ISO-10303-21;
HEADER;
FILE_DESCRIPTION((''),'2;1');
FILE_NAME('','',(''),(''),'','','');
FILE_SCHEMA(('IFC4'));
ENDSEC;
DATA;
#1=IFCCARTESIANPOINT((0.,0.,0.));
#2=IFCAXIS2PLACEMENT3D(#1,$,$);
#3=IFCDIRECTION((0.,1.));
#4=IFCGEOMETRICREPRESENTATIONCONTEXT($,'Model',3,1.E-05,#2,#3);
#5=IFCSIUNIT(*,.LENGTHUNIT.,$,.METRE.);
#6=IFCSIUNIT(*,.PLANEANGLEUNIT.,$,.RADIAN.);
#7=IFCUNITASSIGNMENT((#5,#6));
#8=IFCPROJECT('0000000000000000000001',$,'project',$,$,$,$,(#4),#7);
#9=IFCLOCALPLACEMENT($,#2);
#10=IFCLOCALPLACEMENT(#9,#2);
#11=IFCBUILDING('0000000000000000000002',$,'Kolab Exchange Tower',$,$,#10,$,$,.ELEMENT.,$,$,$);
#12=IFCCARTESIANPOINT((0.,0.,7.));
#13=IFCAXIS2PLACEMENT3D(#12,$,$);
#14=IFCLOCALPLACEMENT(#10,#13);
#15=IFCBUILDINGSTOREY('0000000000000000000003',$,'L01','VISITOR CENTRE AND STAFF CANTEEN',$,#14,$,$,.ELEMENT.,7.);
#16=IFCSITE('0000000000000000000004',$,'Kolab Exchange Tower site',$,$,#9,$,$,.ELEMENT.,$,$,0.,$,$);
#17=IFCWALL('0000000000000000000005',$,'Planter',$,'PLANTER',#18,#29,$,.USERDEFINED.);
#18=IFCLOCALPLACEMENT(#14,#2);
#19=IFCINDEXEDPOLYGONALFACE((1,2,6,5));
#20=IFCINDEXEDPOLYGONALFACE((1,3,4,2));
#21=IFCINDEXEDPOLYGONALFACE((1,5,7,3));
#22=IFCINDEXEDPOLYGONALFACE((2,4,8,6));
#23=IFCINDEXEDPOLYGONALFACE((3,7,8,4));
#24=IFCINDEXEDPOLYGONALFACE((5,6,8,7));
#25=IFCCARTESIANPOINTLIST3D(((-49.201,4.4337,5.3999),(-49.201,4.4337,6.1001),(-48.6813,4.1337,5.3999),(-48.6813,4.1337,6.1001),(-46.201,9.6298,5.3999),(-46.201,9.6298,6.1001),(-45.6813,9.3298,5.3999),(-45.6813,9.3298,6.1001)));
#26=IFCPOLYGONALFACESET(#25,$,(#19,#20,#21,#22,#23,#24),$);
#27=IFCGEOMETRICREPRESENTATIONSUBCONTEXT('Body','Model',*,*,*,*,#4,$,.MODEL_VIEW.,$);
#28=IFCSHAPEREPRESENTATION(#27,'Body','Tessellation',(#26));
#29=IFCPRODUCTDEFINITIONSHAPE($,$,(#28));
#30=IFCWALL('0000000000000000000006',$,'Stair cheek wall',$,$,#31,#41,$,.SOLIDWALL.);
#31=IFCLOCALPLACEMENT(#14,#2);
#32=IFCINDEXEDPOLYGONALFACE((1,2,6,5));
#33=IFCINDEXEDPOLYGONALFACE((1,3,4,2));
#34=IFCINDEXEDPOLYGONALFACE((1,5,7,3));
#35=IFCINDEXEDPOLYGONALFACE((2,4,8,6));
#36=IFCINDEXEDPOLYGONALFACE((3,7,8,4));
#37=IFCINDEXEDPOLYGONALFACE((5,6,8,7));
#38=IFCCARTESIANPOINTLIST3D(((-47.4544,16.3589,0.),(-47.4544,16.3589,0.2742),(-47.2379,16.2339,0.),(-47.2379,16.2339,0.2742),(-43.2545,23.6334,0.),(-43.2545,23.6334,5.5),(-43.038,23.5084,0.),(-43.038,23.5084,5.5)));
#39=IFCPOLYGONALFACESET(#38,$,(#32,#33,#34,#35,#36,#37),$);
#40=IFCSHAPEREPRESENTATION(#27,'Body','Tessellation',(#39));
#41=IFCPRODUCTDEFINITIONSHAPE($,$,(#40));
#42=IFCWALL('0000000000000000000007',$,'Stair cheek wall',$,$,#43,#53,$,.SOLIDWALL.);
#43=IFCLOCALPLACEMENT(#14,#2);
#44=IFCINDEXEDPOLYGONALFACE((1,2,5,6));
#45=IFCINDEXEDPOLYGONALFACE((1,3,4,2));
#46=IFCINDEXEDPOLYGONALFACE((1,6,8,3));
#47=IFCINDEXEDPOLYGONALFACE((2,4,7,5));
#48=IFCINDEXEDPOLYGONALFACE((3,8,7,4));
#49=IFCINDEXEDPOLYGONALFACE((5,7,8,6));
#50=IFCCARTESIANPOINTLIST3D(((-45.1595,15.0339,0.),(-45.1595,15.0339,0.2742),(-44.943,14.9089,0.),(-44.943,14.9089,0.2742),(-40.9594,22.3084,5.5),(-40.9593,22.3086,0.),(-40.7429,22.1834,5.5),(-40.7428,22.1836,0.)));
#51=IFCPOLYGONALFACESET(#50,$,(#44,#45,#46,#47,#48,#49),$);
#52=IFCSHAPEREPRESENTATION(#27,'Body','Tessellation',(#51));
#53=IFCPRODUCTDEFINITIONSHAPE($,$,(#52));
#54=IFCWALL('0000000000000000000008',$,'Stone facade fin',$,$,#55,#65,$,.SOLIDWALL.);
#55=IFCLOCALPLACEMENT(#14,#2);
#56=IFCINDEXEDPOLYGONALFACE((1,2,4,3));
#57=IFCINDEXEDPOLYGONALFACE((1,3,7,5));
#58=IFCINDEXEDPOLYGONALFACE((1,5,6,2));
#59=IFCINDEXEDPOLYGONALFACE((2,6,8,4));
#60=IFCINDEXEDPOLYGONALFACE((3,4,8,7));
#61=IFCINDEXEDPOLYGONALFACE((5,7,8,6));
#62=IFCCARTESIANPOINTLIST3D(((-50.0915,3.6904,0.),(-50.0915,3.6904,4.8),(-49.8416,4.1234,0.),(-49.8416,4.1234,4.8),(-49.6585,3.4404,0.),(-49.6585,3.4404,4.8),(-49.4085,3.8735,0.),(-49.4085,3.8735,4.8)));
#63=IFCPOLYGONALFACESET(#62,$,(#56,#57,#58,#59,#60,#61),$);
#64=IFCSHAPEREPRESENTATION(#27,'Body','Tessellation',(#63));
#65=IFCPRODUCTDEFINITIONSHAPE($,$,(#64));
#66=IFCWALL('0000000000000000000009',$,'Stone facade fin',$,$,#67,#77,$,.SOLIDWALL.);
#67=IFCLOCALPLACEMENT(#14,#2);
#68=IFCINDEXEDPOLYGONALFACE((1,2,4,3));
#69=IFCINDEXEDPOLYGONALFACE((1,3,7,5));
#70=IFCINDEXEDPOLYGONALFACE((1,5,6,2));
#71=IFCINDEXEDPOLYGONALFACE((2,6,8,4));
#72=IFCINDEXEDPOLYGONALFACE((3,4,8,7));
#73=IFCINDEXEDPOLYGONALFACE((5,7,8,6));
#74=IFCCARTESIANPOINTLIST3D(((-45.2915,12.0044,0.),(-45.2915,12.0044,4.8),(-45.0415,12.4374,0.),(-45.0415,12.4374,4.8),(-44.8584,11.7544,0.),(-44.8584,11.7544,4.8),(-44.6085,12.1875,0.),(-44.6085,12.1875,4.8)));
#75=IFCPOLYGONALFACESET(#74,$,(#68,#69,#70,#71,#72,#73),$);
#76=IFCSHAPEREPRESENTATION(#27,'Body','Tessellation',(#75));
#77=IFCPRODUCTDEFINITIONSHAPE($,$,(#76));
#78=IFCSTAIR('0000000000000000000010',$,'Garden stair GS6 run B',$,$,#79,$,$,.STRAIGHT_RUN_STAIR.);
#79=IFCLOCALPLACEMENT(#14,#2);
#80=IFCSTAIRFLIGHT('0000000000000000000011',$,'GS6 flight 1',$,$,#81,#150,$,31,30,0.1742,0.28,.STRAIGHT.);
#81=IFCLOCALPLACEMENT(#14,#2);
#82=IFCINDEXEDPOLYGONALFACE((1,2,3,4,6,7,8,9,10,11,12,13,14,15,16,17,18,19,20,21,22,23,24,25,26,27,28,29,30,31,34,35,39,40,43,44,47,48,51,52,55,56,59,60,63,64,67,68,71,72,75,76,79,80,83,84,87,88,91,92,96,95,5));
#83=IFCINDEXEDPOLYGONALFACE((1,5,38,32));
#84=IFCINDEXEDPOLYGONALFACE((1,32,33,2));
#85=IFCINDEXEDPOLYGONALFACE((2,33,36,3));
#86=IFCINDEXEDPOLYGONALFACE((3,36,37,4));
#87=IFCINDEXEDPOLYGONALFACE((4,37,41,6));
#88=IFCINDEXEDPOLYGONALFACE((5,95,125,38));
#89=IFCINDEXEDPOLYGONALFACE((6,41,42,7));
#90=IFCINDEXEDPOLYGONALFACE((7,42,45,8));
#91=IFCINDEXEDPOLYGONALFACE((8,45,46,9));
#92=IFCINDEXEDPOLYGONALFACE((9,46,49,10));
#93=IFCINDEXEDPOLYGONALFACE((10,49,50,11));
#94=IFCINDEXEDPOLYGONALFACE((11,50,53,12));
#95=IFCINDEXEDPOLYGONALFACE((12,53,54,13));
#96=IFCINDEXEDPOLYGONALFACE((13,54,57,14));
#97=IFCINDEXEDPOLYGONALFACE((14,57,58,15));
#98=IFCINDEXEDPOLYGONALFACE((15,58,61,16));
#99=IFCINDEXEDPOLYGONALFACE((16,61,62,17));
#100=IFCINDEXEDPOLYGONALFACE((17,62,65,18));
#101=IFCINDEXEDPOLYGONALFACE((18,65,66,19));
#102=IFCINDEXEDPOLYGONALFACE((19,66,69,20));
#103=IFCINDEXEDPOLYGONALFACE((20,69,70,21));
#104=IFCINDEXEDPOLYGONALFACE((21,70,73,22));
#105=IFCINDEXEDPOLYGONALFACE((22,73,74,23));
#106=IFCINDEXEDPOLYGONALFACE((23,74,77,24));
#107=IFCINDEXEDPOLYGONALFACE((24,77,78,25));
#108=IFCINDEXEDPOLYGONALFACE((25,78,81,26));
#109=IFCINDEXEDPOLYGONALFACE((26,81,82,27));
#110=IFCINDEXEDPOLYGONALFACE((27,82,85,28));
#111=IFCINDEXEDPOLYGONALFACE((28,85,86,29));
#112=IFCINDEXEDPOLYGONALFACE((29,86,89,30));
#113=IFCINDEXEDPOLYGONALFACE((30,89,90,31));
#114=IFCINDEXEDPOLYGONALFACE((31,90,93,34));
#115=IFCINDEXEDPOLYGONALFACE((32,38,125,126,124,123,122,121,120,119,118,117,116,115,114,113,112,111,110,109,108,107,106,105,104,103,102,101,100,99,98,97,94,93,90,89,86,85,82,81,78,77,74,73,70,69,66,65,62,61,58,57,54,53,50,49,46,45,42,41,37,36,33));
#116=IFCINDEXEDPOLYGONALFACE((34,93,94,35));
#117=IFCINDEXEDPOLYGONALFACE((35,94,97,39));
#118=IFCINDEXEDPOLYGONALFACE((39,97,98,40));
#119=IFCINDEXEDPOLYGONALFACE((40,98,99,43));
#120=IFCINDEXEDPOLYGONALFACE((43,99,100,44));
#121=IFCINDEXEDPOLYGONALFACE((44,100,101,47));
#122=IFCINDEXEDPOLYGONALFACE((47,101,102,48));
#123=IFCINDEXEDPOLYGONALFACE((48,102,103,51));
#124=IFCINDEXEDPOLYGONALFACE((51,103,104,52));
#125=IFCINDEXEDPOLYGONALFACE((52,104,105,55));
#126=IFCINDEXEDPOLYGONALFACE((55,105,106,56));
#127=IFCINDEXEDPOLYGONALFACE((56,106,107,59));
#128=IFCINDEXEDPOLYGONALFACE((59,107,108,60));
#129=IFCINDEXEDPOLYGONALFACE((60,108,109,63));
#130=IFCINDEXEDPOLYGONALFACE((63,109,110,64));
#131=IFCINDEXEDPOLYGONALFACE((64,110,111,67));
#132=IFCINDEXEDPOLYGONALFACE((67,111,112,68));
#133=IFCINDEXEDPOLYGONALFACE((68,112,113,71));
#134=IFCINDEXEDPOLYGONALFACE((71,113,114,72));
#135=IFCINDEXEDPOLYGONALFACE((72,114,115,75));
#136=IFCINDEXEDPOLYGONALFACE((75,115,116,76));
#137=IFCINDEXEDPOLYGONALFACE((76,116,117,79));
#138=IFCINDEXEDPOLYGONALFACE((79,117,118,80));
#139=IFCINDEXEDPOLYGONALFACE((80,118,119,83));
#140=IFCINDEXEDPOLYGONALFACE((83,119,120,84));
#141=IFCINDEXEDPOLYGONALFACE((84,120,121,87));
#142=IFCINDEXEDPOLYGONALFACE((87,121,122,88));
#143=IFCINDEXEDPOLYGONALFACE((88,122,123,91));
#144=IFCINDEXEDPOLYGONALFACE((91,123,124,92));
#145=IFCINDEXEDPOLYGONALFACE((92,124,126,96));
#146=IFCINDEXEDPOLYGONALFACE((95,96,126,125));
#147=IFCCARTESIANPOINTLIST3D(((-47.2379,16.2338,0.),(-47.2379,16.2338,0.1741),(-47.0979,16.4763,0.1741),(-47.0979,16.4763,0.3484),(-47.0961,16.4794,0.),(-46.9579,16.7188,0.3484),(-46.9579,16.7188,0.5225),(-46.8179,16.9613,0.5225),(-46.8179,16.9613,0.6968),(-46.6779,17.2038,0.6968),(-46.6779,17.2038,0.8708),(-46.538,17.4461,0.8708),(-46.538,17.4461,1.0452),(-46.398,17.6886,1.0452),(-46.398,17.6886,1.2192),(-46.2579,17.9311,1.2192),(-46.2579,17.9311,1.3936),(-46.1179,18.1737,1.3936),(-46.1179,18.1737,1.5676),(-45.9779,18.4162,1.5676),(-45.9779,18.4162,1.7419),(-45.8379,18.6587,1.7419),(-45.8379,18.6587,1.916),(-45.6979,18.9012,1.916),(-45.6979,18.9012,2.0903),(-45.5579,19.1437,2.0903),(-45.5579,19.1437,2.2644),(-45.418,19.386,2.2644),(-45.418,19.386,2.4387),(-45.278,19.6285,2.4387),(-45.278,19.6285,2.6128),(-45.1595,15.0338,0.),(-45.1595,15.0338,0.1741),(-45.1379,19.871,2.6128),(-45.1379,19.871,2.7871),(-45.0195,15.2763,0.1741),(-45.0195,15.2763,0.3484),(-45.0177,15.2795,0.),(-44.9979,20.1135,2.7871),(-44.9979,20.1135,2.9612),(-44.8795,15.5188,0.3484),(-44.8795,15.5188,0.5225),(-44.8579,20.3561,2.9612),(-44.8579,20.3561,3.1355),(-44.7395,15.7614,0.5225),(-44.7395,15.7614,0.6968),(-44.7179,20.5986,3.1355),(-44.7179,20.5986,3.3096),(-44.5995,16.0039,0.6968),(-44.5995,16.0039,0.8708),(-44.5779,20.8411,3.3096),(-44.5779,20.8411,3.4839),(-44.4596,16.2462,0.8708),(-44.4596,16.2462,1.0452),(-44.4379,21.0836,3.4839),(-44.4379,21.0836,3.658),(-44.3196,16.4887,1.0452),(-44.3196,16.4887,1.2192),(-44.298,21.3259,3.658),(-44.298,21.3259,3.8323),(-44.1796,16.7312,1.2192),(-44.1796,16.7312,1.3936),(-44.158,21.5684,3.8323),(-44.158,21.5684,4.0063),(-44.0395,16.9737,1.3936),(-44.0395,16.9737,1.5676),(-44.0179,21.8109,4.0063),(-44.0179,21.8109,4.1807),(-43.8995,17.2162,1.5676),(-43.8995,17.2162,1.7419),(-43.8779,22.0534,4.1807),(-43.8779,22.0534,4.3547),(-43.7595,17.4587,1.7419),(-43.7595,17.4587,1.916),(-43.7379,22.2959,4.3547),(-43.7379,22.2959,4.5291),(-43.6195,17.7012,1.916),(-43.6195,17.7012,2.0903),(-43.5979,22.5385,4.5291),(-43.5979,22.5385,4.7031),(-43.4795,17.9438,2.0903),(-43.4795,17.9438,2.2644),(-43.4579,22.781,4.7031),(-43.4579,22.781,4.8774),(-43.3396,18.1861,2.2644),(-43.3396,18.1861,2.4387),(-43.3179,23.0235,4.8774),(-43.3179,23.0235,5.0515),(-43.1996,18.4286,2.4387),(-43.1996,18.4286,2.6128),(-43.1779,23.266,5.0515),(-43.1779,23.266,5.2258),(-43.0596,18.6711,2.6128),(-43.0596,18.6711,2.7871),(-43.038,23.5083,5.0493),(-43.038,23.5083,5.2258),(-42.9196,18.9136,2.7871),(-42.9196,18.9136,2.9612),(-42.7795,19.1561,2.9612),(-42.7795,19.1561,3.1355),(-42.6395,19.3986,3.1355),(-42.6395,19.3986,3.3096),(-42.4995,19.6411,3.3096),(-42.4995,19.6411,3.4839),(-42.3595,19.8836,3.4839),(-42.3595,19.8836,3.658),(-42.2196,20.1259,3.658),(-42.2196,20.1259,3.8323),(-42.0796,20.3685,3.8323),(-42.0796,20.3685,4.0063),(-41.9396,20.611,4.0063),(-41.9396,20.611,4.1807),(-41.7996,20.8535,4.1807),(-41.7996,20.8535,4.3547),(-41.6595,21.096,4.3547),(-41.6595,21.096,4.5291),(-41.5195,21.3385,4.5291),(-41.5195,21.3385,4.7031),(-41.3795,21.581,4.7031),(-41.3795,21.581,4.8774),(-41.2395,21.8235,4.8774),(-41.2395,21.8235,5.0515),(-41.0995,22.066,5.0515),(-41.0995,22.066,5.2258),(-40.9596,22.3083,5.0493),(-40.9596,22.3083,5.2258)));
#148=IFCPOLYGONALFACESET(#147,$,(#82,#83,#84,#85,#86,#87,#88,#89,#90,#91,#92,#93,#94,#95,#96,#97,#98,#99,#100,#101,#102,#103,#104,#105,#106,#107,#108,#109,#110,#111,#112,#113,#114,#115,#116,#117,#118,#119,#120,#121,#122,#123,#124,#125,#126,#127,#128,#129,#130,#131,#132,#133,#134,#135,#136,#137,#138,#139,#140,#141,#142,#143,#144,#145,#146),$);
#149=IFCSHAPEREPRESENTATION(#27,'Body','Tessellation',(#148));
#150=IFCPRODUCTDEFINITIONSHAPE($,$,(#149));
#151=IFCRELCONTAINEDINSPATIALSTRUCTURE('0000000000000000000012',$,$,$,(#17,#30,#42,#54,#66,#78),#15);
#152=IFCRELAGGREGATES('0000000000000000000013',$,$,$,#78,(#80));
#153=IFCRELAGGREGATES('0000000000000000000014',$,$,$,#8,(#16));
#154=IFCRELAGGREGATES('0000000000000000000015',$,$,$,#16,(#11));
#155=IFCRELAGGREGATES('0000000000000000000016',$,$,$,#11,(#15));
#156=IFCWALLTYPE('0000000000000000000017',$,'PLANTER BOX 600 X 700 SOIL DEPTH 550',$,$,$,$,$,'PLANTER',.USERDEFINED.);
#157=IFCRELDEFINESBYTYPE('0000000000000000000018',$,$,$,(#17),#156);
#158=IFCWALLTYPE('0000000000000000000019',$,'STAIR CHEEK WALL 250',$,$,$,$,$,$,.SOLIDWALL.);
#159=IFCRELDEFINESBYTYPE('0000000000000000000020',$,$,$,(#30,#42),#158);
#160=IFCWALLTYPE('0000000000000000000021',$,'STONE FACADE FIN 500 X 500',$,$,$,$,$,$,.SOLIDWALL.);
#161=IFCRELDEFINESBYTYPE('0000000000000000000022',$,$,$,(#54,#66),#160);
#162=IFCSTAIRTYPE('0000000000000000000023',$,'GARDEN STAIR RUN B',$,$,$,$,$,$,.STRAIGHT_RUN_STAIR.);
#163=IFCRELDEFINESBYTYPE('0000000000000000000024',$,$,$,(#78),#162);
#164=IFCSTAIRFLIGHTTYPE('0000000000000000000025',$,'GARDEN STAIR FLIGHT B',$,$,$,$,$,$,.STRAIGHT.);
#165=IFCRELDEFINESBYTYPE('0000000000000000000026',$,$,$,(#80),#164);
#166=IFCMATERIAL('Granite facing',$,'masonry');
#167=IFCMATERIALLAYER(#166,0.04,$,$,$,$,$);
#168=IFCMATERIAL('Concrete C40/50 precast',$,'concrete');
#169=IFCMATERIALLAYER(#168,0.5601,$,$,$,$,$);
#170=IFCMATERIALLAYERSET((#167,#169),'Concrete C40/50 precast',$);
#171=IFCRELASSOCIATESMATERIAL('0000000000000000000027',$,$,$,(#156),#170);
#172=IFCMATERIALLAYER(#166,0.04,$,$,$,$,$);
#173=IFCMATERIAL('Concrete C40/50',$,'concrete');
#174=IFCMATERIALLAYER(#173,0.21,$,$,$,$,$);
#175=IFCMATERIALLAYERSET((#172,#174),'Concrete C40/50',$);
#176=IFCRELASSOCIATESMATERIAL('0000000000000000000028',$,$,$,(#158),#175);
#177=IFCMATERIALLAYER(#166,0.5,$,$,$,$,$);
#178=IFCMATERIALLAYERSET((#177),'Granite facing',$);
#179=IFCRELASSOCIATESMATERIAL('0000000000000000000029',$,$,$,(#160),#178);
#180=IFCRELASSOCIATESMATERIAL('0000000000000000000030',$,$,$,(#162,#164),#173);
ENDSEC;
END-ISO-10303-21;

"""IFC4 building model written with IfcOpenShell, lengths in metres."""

from ifc_helpers import new_model, si_unit, direction, frame, frame_2d, origin, place, context, subcontext, project, spatial, polyline, rectangle, outline, extrude, material, layer, layer_set, type_object, element, aggregate, save


model = new_model("IFC4")

# Units and contexts
model_context = context("Model", 3, precision=1e-05, world=origin(), true_north=direction((0.0, 1.0)))
body_context = subcontext(model_context, "Body", "Model", "MODEL_VIEW")
ifc_project = project(units=[si_unit("LENGTHUNIT", "METRE"), si_unit("PLANEANGLEUNIT", "RADIAN")], contexts=[model_context])

# Site, building, storey
site_placement = place(None, origin())
site = spatial("IfcSite", under=ifc_project, at=site_placement, Name="Kolab Exchange Tower site", CompositionType="ELEMENT", RefElevation=0.0)
building_placement = place(site_placement, origin())
building = spatial("IfcBuilding", under=site, at=building_placement, Name="Kolab Exchange Tower", CompositionType="ELEMENT")
storey_placement = place(building_placement, frame((0.0, 0.0, 7.0)))
storey = spatial("IfcBuildingStorey", under=building, at=storey_placement, Name="L01", Description="VISITOR CENTRE AND STAFF CANTEEN", CompositionType="ELEMENT", Elevation=7.0)

# Walls
ifc_material_1 = material(Name="Granite facing", Category="masonry")
ifc_layer_1 = layer(ifc_material_1, 0.04)
ifc_material_2 = material(Name="Concrete C40/50 precast", Category="concrete")
ifc_layer_2 = layer(ifc_material_2, 0.5601)
ifc_layer_set_1 = layer_set([ifc_layer_1, ifc_layer_2], Name="Concrete C40/50 precast")
wall_type_1 = type_object("IfcWallType", Name="PLANTER BOX 600 X 700 SOIL DEPTH 550", ElementType="PLANTER", PredefinedType="USERDEFINED", material=ifc_layer_set_1)
wall_1_placement = place(storey_placement, frame((-48.9412, 4.2837, 5.3999), z_axis=(0.0, 0.0, 1.0), x_axis=(0.500008, 0.866021, 0.0)))
element("IfcWall", 1, at=wall_1_placement, inside=storey, type_object=wall_type_1, Name="Planter", ObjectType="PLANTER", PredefinedType="USERDEFINED", context=body_context, shape_type="SweptSolid", body=[
    extrude(rectangle(XDim=6.0, YDim=0.6001, at=frame_2d((3.0, 0.0))), origin(), (0.0, 0.0, 1.0), 0.7002),
])
ifc_layer_3 = layer(ifc_material_1, 0.04)
ifc_material_3 = material(Name="Concrete C40/50", Category="concrete")
ifc_layer_4 = layer(ifc_material_3, 0.21)
ifc_layer_set_2 = layer_set([ifc_layer_3, ifc_layer_4], Name="Concrete C40/50")
wall_type_2 = type_object("IfcWallType", Name="STAIR CHEEK WALL 250", PredefinedType="SOLIDWALL", material=ifc_layer_set_2)
wall_2_placement = place(storey_placement, frame((-47.3462, 16.2964, 0.0), z_axis=(0.0, 0.0, 1.0), x_axis=(0.499993, 0.866029, 0.0)))
element("IfcWall", 2, at=wall_2_placement, inside=storey, type_object=wall_type_2, Name="Stair cheek wall", PredefinedType="SOLIDWALL", context=body_context, shape_type="SweptSolid", body=[
    extrude(outline(polyline([(0.0, 0.0), (8.3999, 0.0), (8.3999, 5.5), (0.0, 0.2742), (0.0, 0.0)])), frame((0.0, 0.125, 0.0), z_axis=(0.0, -1.0, 0.0), x_axis=(1.0, 0.0, 0.0)), (0.0, 0.0, 1.0), 0.25),
])
wall_3_placement = place(storey_placement, frame((-45.0513, 14.9714, 0.0), z_axis=(0.0, 0.0, 1.0), x_axis=(0.500015, 0.866017, 0.0)))
element("IfcWall", 3, at=wall_3_placement, inside=storey, type_object=wall_type_2, Name="Stair cheek wall", PredefinedType="SOLIDWALL", context=body_context, shape_type="SweptSolid", body=[
    extrude(outline(polyline([(0.0, 0.0), (8.4001, 0.0), (8.3999, 5.5), (0.0, 0.2742), (0.0, 0.0)])), frame((0.0, 0.125, 0.0), z_axis=(0.0, -1.0, 0.0), x_axis=(1.0, 0.0, 0.0)), (0.0, 0.0, 1.0), 0.25),
])
ifc_layer_5 = layer(ifc_material_1, 0.5)
ifc_layer_set_3 = layer_set([ifc_layer_5], Name="Granite facing")
wall_type_3 = type_object("IfcWallType", Name="STONE FACADE FIN 500 X 500", PredefinedType="SOLIDWALL", material=ifc_layer_set_3)
for number, where, z_axis, x_axis, name in (
    (4, (-49.875, 3.5654, 0.0), (0.0, 0.0, 1.0), (0.49992, 0.866072, 0.0), "Stone facade fin"),
    (5, (-45.075, 11.8794, 0.0), (0.0, 0.0, 1.0), (0.49992, 0.866072, 0.0), "Stone facade fin"),
):
    element("IfcWall", number, at=place(storey_placement, frame(where, z_axis=z_axis, x_axis=x_axis)), inside=storey, type_object=wall_type_3, Name=name, PredefinedType="SOLIDWALL", context=body_context, shape_type="SweptSolid", body=[
        extrude(rectangle(XDim=0.5, YDim=0.5, at=frame_2d((0.25, 0.0))), origin(), (0.0, 0.0, 1.0), 4.8),
    ])

# Stair, stair flight
stair_type = type_object("IfcStairType", Name="GARDEN STAIR RUN B", PredefinedType="STRAIGHT_RUN_STAIR", material=ifc_material_3)
stair_placement = place(storey_placement, origin())
stair = element("IfcStair", 6, at=stair_placement, inside=storey, type_object=stair_type, Name="Garden stair GS6 run B", PredefinedType="STRAIGHT_RUN_STAIR")
stair_flight_type = type_object("IfcStairFlightType", Name="GARDEN STAIR FLIGHT B", PredefinedType="STRAIGHT", material=ifc_material_3)
stair_flight_placement = place(storey_placement, frame((-46.1987, 15.6338, 0.0), z_axis=(0.0, 0.0, 1.0), x_axis=(0.5, 0.866025, 0.0)))
stair_flight = element("IfcStairFlight", 7, at=stair_flight_placement, type_object=stair_flight_type, Name="GS6 flight 1", NumberOfRisers=31, NumberOfTreads=30, PredefinedType="STRAIGHT", RiserHeight=0.1742, TreadLength=0.28, context=body_context, shape_type="SweptSolid", body=[
    extrude(outline(polyline([(0.0, 0.0), (0.0, 0.1741), (0.28, 0.1741), (0.28, 0.3484), (0.5601, 0.3484), (0.5601, 0.5225), (0.8401, 0.5225), (0.8401, 0.6968), (1.1201, 0.6968), (1.1201, 0.8708), (1.3999, 0.8708), (1.3999, 1.0452), (1.6799, 1.0452), (1.6799, 1.2192), (1.96, 1.2192), (1.96, 1.3936), (2.24, 1.3936), (2.24, 1.5676), (2.52, 1.5676), (2.52, 1.7419), (2.8, 1.7419), (2.8, 1.916), (3.0801, 1.916), (3.0801, 2.0903), (3.3601, 2.0903), (3.3601, 2.2644), (3.6399, 2.2644), (3.6399, 2.4387), (3.9199, 2.4387), (3.9199, 2.6128), (4.2, 2.6128), (4.2, 2.7871), (4.48, 2.7871), (4.48, 2.9612), (4.76, 2.9612), (4.76, 3.1355), (5.04, 3.1355), (5.04, 3.3096), (5.3201, 3.3096), (5.3201, 3.4839), (5.6001, 3.4839), (5.6001, 3.658), (5.8799, 3.658), (5.8799, 3.8323), (6.1599, 3.8323), (6.1599, 4.0063), (6.4399, 4.0063), (6.4399, 4.1807), (6.72, 4.1807), (6.72, 4.3547), (7.0, 4.3547), (7.0, 4.5291), (7.28, 4.5291), (7.28, 4.7031), (7.5601, 4.7031), (7.5601, 4.8774), (7.8401, 4.8774), (7.8401, 5.0515), (8.1201, 5.0515), (8.1201, 5.2258), (8.3999, 5.2258), (8.3999, 5.3999), (8.3999, 5.0493), (0.2837, 0.0), (0.0, 0.0)])), frame((0.0, 1.2, 0.0), z_axis=(0.0, -1.0, 0.0), x_axis=(1.0, 0.0, 0.0)), (0.0, 0.0, 1.0), 2.3999),
])
aggregate(stair, [stair_flight])

save(model, "model.ifc")
